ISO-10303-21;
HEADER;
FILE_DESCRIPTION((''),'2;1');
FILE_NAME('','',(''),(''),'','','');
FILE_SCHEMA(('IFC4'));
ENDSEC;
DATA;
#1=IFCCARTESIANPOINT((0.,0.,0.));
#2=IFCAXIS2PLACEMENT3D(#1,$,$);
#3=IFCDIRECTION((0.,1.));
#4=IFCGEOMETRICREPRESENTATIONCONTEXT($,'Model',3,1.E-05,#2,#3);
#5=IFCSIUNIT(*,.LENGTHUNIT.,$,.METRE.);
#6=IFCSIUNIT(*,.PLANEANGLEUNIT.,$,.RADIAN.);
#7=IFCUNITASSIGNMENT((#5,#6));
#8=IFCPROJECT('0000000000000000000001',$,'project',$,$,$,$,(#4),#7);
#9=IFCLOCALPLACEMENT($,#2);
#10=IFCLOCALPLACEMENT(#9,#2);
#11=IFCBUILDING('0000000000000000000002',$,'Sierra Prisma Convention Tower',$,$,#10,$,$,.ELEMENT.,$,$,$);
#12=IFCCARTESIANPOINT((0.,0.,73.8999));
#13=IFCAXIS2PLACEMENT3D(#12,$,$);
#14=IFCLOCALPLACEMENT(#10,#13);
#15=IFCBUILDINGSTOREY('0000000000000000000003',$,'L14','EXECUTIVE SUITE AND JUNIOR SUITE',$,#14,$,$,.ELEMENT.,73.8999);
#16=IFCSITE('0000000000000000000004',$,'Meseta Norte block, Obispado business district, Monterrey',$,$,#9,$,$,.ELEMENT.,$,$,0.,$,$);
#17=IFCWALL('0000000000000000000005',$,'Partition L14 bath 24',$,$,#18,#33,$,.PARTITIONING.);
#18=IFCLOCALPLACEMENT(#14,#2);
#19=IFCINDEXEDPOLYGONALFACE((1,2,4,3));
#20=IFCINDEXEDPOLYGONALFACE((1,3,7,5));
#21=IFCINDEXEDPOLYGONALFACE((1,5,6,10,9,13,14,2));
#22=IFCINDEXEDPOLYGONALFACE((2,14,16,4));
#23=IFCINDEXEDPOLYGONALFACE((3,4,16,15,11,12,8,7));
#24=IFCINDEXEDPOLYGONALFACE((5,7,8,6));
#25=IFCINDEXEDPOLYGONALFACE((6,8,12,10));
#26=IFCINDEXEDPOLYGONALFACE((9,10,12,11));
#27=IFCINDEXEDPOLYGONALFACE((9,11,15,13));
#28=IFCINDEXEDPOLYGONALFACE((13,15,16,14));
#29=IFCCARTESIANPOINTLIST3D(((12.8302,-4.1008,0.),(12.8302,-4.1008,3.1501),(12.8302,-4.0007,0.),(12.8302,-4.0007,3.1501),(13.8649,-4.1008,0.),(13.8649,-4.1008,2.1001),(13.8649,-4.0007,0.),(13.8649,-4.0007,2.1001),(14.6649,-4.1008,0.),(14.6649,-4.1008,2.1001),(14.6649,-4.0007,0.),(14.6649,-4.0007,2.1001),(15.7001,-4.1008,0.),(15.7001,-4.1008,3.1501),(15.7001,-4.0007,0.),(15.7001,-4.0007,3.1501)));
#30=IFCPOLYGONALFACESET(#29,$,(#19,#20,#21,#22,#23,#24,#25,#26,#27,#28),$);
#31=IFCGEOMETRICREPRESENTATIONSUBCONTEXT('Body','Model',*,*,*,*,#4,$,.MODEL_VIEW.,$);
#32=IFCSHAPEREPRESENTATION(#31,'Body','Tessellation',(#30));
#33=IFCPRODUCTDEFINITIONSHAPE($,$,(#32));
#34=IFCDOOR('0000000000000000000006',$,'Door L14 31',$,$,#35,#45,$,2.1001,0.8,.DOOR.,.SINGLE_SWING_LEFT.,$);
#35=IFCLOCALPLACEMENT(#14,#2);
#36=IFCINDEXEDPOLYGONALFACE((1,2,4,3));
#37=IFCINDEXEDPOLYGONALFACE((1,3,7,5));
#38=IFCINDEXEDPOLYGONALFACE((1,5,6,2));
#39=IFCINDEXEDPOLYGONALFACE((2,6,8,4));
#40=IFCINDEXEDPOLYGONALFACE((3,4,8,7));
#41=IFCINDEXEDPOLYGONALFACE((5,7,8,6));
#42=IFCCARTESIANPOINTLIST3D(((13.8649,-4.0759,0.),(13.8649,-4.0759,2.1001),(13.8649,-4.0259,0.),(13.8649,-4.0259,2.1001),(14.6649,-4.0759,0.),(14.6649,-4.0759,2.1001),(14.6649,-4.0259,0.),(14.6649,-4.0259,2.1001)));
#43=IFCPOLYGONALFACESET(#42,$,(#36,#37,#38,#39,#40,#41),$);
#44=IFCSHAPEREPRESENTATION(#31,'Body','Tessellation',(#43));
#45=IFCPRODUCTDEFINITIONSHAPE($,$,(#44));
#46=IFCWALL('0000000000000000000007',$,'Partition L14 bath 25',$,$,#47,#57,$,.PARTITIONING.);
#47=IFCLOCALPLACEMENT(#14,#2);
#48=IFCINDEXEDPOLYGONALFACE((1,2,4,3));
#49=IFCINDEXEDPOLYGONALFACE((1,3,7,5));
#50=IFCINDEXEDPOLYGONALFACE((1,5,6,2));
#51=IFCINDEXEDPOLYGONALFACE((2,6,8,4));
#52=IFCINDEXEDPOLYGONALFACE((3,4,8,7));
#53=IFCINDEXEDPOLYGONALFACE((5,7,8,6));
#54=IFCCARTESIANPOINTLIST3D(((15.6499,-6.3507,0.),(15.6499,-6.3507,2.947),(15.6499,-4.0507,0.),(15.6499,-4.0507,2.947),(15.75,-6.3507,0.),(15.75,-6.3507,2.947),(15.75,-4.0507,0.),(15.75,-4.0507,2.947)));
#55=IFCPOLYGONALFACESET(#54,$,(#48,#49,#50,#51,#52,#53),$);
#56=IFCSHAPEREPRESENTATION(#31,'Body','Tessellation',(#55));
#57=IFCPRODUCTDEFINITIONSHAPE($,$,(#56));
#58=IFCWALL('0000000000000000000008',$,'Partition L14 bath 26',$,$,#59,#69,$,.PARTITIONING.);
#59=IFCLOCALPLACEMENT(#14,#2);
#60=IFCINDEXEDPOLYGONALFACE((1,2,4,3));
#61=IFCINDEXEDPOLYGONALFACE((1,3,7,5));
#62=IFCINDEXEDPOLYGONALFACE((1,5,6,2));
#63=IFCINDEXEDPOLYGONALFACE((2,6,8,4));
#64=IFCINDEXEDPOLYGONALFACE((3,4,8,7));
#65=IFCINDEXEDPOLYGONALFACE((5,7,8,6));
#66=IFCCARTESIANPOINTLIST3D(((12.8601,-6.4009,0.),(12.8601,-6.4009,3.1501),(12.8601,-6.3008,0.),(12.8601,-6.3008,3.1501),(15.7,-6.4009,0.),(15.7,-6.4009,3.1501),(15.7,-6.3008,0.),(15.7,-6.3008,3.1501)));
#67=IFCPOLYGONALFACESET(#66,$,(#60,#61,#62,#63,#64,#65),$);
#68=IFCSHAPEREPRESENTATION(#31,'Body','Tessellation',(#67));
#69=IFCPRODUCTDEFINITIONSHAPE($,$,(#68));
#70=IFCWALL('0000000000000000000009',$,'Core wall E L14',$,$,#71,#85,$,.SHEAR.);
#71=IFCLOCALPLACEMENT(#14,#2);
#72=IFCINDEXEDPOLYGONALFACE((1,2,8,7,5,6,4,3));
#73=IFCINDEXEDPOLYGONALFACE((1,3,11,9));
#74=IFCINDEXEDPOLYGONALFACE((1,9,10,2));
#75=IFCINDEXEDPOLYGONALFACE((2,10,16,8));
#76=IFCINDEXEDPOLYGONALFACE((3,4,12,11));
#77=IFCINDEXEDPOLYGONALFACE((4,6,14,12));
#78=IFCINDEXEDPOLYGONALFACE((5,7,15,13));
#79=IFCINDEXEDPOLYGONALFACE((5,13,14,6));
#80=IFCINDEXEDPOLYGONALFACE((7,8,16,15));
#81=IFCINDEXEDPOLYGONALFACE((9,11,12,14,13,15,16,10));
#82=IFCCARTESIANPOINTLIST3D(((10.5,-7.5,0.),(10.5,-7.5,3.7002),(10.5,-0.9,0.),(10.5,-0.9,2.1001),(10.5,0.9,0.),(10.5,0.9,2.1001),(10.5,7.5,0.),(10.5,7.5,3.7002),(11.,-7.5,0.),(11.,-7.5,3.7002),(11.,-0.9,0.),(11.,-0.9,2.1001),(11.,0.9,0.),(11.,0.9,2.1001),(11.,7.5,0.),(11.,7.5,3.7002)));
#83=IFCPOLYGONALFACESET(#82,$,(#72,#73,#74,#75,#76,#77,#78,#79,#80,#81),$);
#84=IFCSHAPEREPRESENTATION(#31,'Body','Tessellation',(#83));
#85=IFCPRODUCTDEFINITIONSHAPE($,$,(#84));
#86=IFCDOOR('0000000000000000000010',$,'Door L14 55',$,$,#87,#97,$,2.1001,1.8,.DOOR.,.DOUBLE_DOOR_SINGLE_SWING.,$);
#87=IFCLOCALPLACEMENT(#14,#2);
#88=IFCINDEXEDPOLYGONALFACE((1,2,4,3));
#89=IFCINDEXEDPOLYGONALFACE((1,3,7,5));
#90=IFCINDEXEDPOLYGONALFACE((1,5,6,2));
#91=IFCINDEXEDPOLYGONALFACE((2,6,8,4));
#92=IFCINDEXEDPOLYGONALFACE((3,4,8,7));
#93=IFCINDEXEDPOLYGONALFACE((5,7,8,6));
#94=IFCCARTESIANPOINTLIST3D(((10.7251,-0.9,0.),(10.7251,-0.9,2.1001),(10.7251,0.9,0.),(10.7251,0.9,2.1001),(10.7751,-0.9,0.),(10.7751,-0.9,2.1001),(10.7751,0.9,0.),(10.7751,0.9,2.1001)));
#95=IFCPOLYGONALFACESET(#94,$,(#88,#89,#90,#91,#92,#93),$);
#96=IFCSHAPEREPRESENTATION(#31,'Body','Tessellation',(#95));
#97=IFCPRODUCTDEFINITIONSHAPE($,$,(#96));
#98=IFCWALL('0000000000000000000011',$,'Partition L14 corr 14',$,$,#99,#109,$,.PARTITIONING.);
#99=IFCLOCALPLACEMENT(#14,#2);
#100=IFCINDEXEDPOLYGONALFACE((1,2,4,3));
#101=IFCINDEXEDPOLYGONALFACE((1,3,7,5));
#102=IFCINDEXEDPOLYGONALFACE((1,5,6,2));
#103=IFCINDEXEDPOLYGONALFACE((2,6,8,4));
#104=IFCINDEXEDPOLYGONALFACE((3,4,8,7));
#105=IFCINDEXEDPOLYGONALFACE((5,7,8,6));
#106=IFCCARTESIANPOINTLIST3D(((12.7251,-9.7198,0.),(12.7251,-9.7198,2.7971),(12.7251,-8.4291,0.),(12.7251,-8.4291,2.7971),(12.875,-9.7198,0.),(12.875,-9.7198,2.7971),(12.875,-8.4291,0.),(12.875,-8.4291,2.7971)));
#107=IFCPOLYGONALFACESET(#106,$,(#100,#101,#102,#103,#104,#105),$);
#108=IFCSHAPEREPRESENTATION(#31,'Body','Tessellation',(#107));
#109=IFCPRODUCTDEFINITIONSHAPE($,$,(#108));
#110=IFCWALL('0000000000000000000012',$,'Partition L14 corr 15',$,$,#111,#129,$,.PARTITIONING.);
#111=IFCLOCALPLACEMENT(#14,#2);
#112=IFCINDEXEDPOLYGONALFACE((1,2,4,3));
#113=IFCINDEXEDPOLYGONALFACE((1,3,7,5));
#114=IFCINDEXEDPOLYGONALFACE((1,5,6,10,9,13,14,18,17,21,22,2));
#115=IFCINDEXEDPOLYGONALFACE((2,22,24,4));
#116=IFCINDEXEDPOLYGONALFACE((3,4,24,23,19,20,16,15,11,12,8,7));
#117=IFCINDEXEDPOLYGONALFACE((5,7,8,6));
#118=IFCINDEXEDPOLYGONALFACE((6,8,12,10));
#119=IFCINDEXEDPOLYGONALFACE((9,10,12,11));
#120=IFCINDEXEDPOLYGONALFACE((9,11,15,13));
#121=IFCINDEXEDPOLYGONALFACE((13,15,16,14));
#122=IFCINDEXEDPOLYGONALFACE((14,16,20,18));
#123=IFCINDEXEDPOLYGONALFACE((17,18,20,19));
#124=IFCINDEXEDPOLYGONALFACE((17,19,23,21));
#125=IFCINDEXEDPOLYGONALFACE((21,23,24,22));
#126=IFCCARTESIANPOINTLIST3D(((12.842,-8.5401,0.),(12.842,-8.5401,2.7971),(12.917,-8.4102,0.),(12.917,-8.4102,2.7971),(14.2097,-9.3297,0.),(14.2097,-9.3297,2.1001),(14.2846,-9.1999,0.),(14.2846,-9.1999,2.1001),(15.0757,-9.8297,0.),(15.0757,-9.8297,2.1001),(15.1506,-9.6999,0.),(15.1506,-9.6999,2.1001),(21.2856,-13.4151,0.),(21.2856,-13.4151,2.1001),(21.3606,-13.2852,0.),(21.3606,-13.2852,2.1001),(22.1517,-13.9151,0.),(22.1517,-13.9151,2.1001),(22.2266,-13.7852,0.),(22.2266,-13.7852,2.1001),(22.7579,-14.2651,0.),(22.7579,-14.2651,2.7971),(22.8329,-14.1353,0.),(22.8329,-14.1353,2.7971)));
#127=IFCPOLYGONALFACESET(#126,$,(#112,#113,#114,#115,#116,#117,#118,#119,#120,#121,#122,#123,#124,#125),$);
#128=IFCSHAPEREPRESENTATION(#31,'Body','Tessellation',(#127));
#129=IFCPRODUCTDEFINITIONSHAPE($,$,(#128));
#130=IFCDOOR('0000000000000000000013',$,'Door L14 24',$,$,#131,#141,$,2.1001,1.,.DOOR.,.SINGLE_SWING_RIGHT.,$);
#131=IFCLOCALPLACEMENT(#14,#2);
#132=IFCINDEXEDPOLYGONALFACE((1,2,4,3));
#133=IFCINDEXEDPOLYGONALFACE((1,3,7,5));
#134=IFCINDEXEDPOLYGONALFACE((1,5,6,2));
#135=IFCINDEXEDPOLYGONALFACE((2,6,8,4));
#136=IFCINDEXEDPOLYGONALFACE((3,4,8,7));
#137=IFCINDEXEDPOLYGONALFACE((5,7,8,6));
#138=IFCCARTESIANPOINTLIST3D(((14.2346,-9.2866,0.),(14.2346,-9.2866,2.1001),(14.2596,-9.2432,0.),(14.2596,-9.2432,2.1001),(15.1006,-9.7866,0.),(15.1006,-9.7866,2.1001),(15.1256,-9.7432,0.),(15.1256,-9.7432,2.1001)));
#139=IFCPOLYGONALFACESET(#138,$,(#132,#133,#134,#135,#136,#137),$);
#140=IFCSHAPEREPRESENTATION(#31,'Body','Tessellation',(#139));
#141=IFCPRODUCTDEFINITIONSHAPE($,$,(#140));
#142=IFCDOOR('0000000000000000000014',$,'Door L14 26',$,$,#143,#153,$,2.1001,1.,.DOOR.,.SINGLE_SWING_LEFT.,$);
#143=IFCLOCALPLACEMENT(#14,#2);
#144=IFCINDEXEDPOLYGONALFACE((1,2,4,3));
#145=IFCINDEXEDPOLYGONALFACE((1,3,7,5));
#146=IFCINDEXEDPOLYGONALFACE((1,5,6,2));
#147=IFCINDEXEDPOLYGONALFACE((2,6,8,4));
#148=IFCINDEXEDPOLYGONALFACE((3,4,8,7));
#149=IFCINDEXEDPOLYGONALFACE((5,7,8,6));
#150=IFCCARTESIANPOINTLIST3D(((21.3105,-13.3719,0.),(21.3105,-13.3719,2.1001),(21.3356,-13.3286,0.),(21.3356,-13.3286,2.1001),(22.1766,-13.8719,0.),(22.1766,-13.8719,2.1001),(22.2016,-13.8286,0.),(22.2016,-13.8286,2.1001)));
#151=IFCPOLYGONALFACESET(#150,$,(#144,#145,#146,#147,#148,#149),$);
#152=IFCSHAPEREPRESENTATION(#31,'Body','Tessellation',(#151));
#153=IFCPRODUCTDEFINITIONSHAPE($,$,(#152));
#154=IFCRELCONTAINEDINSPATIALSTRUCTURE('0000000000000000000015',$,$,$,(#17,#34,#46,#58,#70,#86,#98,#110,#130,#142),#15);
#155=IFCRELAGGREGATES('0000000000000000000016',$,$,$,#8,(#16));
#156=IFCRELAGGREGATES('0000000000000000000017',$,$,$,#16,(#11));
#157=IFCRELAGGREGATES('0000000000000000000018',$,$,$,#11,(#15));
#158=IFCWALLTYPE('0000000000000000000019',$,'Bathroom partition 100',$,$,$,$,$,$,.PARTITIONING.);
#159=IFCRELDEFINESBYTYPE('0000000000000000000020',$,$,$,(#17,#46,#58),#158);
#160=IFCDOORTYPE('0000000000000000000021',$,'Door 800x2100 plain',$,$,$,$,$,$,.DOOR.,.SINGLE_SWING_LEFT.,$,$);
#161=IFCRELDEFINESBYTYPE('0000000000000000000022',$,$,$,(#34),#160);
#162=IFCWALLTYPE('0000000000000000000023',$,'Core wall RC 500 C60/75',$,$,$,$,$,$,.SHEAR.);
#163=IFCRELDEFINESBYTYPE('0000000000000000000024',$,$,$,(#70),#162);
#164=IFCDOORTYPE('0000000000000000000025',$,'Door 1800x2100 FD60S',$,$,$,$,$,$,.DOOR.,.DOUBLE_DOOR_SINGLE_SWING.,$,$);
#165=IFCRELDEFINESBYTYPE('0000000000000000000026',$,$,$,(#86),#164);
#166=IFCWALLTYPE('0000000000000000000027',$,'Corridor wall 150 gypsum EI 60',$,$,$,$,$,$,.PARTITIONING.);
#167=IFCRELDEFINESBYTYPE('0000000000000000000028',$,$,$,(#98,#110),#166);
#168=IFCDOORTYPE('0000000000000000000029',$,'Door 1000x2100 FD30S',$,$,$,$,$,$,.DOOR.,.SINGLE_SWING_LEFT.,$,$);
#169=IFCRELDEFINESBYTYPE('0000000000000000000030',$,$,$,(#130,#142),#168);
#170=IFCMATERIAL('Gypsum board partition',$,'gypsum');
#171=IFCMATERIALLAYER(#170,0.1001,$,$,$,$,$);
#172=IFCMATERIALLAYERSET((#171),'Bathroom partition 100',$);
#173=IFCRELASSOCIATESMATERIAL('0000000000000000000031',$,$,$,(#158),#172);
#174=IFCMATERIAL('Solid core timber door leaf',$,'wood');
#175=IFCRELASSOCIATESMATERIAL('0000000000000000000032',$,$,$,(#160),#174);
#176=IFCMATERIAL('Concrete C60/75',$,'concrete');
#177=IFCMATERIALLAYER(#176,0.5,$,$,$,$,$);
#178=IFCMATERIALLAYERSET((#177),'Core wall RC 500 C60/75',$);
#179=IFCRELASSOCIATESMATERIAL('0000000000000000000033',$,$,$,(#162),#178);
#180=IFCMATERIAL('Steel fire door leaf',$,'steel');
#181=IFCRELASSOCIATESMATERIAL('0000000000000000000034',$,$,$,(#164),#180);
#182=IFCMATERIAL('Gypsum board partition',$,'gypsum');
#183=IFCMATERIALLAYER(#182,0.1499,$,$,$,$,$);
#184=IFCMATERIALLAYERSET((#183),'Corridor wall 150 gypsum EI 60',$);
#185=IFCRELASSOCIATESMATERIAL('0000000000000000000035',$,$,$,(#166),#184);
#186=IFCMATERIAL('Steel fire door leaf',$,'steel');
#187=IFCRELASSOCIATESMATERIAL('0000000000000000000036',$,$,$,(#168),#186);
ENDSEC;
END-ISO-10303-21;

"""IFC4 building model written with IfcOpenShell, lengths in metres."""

from ifc_helpers import new_model, si_unit, direction, frame, frame_2d, origin, place, context, subcontext, project, spatial, rectangle, extrude, material, layer, layer_set, type_object, element, fill, save


model = new_model("IFC4")

# Units and contexts
model_context = context("Model", 3, precision=1e-05, world=origin(), true_north=direction((0.0, 1.0)))
body_context = subcontext(model_context, "Body", "Model", "MODEL_VIEW")
ifc_project = project(units=[si_unit("LENGTHUNIT", "METRE"), si_unit("PLANEANGLEUNIT", "RADIAN")], contexts=[model_context])

# Site, building, storey
site_placement = place(None, origin())
site = spatial("IfcSite", under=ifc_project, at=site_placement, Name="Meseta Norte block, Obispado business district, Monterrey", CompositionType="ELEMENT", RefElevation=0.0)
building_placement = place(site_placement, origin())
building = spatial("IfcBuilding", under=site, at=building_placement, Name="Sierra Prisma Convention Tower", CompositionType="ELEMENT")
storey_placement = place(building_placement, frame((0.0, 0.0, 73.8999)))
storey = spatial("IfcBuildingStorey", under=building, at=storey_placement, Name="L14", Description="EXECUTIVE SUITE AND JUNIOR SUITE", CompositionType="ELEMENT", Elevation=73.8999)

# Wall, opening, door
ifc_material_1 = material(Name="Gypsum board partition", Category="gypsum")
ifc_layer_1 = layer(ifc_material_1, 0.1001)
ifc_layer_set_1 = layer_set([ifc_layer_1], Name="Bathroom partition 100")
wall_type_1 = type_object("IfcWallType", Name="Bathroom partition 100", PredefinedType="PARTITIONING", material=ifc_layer_set_1)
wall_1_placement = place(storey_placement, frame((12.8301, -4.0508, 0.0), z_axis=(0.0, 0.0, 1.0), x_axis=(1.0, 0.0, 0.0)))
wall_1 = element("IfcWall", 1, at=wall_1_placement, inside=storey, type_object=wall_type_1, Name="Partition L14 bath 24", PredefinedType="PARTITIONING", context=body_context, shape_type="SweptSolid", body=[
    extrude(rectangle(XDim=2.8699, YDim=0.1001, at=frame_2d((1.4351, 0.0))), origin(), (0.0, 0.0, 1.0), 3.1501),
])
opening_1_placement = place(wall_1_placement, frame((1.0349, 0.0, 0.0)))
opening_1 = element("IfcOpeningElement", 2, at=opening_1_placement, cuts=wall_1, PredefinedType="OPENING", context=body_context, shape_type="SweptSolid", body=[
    extrude(rectangle(XDim=0.8, YDim=2.1001, at=frame_2d((0.3999, 1.05))), frame((0.0, 0.05, 0.0), z_axis=(0.0, -1.0, 0.0), x_axis=(1.0, 0.0, 0.0)), (0.0, 0.0, 1.0), 0.1001),
])
ifc_material_2 = material(Name="Solid core timber door leaf", Category="wood")
door_type_1 = type_object("IfcDoorType", Name="Door 800x2100 plain", OperationType="SINGLE_SWING_LEFT", PredefinedType="DOOR", material=ifc_material_2)
door_1_placement = place(opening_1_placement, origin())
door_1 = element("IfcDoor", 3, at=door_1_placement, inside=storey, type_object=door_type_1, Name="Door L14 31", OperationType="SINGLE_SWING_LEFT", OverallHeight=2.1001, OverallWidth=0.8, PredefinedType="DOOR", context=body_context, shape_type="SweptSolid", body=[
    extrude(rectangle(XDim=0.8, YDim=2.1001, at=frame_2d((0.3999, 1.05))), frame((0.0, 0.0249, 0.0), z_axis=(0.0, -1.0, 0.0), x_axis=(1.0, 0.0, 0.0)), (0.0, 0.0, 1.0), 0.05),
])
fill(opening_1, door_1)

# Walls
wall_2_placement = place(storey_placement, frame((15.7, -4.0508, 0.0), z_axis=(0.0, 0.0, 1.0), x_axis=(0.0, -1.0, 0.0)))
element("IfcWall", 4, at=wall_2_placement, inside=storey, type_object=wall_type_1, Name="Partition L14 bath 25", PredefinedType="PARTITIONING", context=body_context, shape_type="SweptSolid", body=[
    extrude(rectangle(XDim=2.3, YDim=0.1001, at=frame_2d((1.1499, 0.0))), origin(), (0.0, 0.0, 1.0), 2.947),
])
wall_3_placement = place(storey_placement, frame((15.7, -6.3508, 0.0), z_axis=(0.0, 0.0, 1.0), x_axis=(-1.0, 0.0, 0.0)))
element("IfcWall", 5, at=wall_3_placement, inside=storey, type_object=wall_type_1, Name="Partition L14 bath 26", PredefinedType="PARTITIONING", context=body_context, shape_type="SweptSolid", body=[
    extrude(rectangle(XDim=2.8398, YDim=0.1001, at=frame_2d((1.4199, 0.0))), origin(), (0.0, 0.0, 1.0), 3.1501),
])

# Wall, opening, door
ifc_material_3 = material(Name="Concrete C60/75", Category="concrete")
ifc_layer_2 = layer(ifc_material_3, 0.5)
ifc_layer_set_2 = layer_set([ifc_layer_2], Name="Core wall RC 500 C60/75")
wall_type_2 = type_object("IfcWallType", Name="Core wall RC 500 C60/75", PredefinedType="SHEAR", material=ifc_layer_set_2)
wall_4_placement = place(storey_placement, frame((10.75, -7.5, 0.0), z_axis=(0.0, 0.0, 1.0), x_axis=(0.0, 1.0, 0.0)))
wall_4 = element("IfcWall", 6, at=wall_4_placement, inside=storey, type_object=wall_type_2, Name="Core wall E L14", PredefinedType="SHEAR", context=body_context, shape_type="SweptSolid", body=[
    extrude(rectangle(XDim=15.0, YDim=0.5, at=frame_2d((7.5, 0.0))), origin(), (0.0, 0.0, 1.0), 3.7002),
])
opening_2_placement = place(wall_4_placement, frame((6.6001, 0.0, 0.0)))
opening_2 = element("IfcOpeningElement", 7, at=opening_2_placement, cuts=wall_4, PredefinedType="OPENING", context=body_context, shape_type="SweptSolid", body=[
    extrude(rectangle(XDim=1.8, YDim=2.1001, at=frame_2d((0.8999, 1.05))), frame((0.0, 0.25, 0.0), z_axis=(0.0, -1.0, 0.0), x_axis=(1.0, 0.0, 0.0)), (0.0, 0.0, 1.0), 0.5),
])
ifc_material_4 = material(Name="Steel fire door leaf", Category="steel")
door_type_2 = type_object("IfcDoorType", Name="Door 1800x2100 FD60S", OperationType="DOUBLE_DOOR_SINGLE_SWING", PredefinedType="DOOR", material=ifc_material_4)
door_2_placement = place(opening_2_placement, origin())
door_2 = element("IfcDoor", 8, at=door_2_placement, inside=storey, type_object=door_type_2, Name="Door L14 55", OperationType="DOUBLE_DOOR_SINGLE_SWING", OverallHeight=2.1001, OverallWidth=1.8, PredefinedType="DOOR", context=body_context, shape_type="SweptSolid", body=[
    extrude(rectangle(XDim=1.8, YDim=2.1001, at=frame_2d((0.8999, 1.05))), frame((0.0, 0.0249, 0.0), z_axis=(0.0, -1.0, 0.0), x_axis=(1.0, 0.0, 0.0)), (0.0, 0.0, 1.0), 0.05),
])
fill(opening_2, door_2)

# Wall
ifc_material_5 = material(Name="Gypsum board partition", Category="gypsum")
ifc_layer_3 = layer(ifc_material_5, 0.1499)
ifc_layer_set_3 = layer_set([ifc_layer_3], Name="Corridor wall 150 gypsum EI 60")
wall_type_3 = type_object("IfcWallType", Name="Corridor wall 150 gypsum EI 60", PredefinedType="PARTITIONING", material=ifc_layer_set_3)
wall_5_placement = place(storey_placement, frame((12.8, -9.72, 0.0), z_axis=(0.0, 0.0, 1.0), x_axis=(0.0, 1.0, 0.0)))
element("IfcWall", 9, at=wall_5_placement, inside=storey, type_object=wall_type_3, Name="Partition L14 corr 14", PredefinedType="PARTITIONING", context=body_context, shape_type="SweptSolid", body=[
    extrude(rectangle(XDim=1.2908, YDim=0.1499, at=frame_2d((0.6455, 0.0))), origin(), (0.0, 0.0, 1.0), 2.7971),
])

# Wall, openings, doors
wall_6_placement = place(storey_placement, frame((12.8794, -8.4751, 0.0), z_axis=(0.0, 0.0, 1.0), x_axis=(0.866022, -0.500005, 0.0)))
wall_6 = element("IfcWall", 10, at=wall_6_placement, inside=storey, type_object=wall_type_3, Name="Partition L14 corr 15", PredefinedType="PARTITIONING", context=body_context, shape_type="SweptSolid", body=[
    extrude(rectangle(XDim=11.45, YDim=0.1499, at=frame_2d((5.7251, 0.0))), origin(), (0.0, 0.0, 1.0), 2.7971),
])
opening_3_placement = place(wall_6_placement, frame((1.5793, 0.0, 0.0)))
opening_3 = element("IfcOpeningElement", 11, at=opening_3_placement, cuts=wall_6, PredefinedType="OPENING", context=body_context, shape_type="SweptSolid", body=[
    extrude(rectangle(XDim=1.0, YDim=2.1001, at=frame_2d((0.5, 1.05))), frame((0.0, 0.075, 0.0), z_axis=(0.0, -1.0, 0.0), x_axis=(1.0, 0.0, 0.0)), (0.0, 0.0, 1.0), 0.1499),
])
opening_4_placement = place(wall_6_placement, frame((9.75, 0.0, 0.0)))
opening_4 = element("IfcOpeningElement", 12, at=opening_4_placement, cuts=wall_6, PredefinedType="OPENING", context=body_context, shape_type="SweptSolid", body=[
    extrude(rectangle(XDim=1.0, YDim=2.1001, at=frame_2d((0.5, 1.05))), frame((0.0, 0.075, 0.0), z_axis=(0.0, -1.0, 0.0), x_axis=(1.0, 0.0, 0.0)), (0.0, 0.0, 1.0), 0.1499),
])
ifc_material_6 = material(Name="Steel fire door leaf", Category="steel")
door_type_3 = type_object("IfcDoorType", Name="Door 1000x2100 FD30S", OperationType="SINGLE_SWING_LEFT", PredefinedType="DOOR", material=ifc_material_6)
door_3_placement = place(opening_3_placement, origin())
door_3 = element("IfcDoor", 13, at=door_3_placement, inside=storey, type_object=door_type_3, Name="Door L14 24", OperationType="SINGLE_SWING_RIGHT", OverallHeight=2.1001, OverallWidth=1.0, PredefinedType="DOOR", context=body_context, shape_type="SweptSolid", body=[
    extrude(rectangle(XDim=1.0, YDim=2.1001, at=frame_2d((0.5, 1.05))), frame((0.0, 0.0249, 0.0), z_axis=(0.0, -1.0, 0.0), x_axis=(1.0, 0.0, 0.0)), (0.0, 0.0, 1.0), 0.05),
])
fill(opening_3, door_3)
door_4_placement = place(opening_4_placement, origin())
door_4 = element("IfcDoor", 14, at=door_4_placement, inside=storey, type_object=door_type_3, Name="Door L14 26", OperationType="SINGLE_SWING_LEFT", OverallHeight=2.1001, OverallWidth=1.0, PredefinedType="DOOR", context=body_context, shape_type="SweptSolid", body=[
    extrude(rectangle(XDim=1.0, YDim=2.1001, at=frame_2d((0.5, 1.05))), frame((0.0, 0.0249, 0.0), z_axis=(0.0, -1.0, 0.0), x_axis=(1.0, 0.0, 0.0)), (0.0, 0.0, 1.0), 0.05),
])
fill(opening_4, door_4)

save(model, "model.ifc")
